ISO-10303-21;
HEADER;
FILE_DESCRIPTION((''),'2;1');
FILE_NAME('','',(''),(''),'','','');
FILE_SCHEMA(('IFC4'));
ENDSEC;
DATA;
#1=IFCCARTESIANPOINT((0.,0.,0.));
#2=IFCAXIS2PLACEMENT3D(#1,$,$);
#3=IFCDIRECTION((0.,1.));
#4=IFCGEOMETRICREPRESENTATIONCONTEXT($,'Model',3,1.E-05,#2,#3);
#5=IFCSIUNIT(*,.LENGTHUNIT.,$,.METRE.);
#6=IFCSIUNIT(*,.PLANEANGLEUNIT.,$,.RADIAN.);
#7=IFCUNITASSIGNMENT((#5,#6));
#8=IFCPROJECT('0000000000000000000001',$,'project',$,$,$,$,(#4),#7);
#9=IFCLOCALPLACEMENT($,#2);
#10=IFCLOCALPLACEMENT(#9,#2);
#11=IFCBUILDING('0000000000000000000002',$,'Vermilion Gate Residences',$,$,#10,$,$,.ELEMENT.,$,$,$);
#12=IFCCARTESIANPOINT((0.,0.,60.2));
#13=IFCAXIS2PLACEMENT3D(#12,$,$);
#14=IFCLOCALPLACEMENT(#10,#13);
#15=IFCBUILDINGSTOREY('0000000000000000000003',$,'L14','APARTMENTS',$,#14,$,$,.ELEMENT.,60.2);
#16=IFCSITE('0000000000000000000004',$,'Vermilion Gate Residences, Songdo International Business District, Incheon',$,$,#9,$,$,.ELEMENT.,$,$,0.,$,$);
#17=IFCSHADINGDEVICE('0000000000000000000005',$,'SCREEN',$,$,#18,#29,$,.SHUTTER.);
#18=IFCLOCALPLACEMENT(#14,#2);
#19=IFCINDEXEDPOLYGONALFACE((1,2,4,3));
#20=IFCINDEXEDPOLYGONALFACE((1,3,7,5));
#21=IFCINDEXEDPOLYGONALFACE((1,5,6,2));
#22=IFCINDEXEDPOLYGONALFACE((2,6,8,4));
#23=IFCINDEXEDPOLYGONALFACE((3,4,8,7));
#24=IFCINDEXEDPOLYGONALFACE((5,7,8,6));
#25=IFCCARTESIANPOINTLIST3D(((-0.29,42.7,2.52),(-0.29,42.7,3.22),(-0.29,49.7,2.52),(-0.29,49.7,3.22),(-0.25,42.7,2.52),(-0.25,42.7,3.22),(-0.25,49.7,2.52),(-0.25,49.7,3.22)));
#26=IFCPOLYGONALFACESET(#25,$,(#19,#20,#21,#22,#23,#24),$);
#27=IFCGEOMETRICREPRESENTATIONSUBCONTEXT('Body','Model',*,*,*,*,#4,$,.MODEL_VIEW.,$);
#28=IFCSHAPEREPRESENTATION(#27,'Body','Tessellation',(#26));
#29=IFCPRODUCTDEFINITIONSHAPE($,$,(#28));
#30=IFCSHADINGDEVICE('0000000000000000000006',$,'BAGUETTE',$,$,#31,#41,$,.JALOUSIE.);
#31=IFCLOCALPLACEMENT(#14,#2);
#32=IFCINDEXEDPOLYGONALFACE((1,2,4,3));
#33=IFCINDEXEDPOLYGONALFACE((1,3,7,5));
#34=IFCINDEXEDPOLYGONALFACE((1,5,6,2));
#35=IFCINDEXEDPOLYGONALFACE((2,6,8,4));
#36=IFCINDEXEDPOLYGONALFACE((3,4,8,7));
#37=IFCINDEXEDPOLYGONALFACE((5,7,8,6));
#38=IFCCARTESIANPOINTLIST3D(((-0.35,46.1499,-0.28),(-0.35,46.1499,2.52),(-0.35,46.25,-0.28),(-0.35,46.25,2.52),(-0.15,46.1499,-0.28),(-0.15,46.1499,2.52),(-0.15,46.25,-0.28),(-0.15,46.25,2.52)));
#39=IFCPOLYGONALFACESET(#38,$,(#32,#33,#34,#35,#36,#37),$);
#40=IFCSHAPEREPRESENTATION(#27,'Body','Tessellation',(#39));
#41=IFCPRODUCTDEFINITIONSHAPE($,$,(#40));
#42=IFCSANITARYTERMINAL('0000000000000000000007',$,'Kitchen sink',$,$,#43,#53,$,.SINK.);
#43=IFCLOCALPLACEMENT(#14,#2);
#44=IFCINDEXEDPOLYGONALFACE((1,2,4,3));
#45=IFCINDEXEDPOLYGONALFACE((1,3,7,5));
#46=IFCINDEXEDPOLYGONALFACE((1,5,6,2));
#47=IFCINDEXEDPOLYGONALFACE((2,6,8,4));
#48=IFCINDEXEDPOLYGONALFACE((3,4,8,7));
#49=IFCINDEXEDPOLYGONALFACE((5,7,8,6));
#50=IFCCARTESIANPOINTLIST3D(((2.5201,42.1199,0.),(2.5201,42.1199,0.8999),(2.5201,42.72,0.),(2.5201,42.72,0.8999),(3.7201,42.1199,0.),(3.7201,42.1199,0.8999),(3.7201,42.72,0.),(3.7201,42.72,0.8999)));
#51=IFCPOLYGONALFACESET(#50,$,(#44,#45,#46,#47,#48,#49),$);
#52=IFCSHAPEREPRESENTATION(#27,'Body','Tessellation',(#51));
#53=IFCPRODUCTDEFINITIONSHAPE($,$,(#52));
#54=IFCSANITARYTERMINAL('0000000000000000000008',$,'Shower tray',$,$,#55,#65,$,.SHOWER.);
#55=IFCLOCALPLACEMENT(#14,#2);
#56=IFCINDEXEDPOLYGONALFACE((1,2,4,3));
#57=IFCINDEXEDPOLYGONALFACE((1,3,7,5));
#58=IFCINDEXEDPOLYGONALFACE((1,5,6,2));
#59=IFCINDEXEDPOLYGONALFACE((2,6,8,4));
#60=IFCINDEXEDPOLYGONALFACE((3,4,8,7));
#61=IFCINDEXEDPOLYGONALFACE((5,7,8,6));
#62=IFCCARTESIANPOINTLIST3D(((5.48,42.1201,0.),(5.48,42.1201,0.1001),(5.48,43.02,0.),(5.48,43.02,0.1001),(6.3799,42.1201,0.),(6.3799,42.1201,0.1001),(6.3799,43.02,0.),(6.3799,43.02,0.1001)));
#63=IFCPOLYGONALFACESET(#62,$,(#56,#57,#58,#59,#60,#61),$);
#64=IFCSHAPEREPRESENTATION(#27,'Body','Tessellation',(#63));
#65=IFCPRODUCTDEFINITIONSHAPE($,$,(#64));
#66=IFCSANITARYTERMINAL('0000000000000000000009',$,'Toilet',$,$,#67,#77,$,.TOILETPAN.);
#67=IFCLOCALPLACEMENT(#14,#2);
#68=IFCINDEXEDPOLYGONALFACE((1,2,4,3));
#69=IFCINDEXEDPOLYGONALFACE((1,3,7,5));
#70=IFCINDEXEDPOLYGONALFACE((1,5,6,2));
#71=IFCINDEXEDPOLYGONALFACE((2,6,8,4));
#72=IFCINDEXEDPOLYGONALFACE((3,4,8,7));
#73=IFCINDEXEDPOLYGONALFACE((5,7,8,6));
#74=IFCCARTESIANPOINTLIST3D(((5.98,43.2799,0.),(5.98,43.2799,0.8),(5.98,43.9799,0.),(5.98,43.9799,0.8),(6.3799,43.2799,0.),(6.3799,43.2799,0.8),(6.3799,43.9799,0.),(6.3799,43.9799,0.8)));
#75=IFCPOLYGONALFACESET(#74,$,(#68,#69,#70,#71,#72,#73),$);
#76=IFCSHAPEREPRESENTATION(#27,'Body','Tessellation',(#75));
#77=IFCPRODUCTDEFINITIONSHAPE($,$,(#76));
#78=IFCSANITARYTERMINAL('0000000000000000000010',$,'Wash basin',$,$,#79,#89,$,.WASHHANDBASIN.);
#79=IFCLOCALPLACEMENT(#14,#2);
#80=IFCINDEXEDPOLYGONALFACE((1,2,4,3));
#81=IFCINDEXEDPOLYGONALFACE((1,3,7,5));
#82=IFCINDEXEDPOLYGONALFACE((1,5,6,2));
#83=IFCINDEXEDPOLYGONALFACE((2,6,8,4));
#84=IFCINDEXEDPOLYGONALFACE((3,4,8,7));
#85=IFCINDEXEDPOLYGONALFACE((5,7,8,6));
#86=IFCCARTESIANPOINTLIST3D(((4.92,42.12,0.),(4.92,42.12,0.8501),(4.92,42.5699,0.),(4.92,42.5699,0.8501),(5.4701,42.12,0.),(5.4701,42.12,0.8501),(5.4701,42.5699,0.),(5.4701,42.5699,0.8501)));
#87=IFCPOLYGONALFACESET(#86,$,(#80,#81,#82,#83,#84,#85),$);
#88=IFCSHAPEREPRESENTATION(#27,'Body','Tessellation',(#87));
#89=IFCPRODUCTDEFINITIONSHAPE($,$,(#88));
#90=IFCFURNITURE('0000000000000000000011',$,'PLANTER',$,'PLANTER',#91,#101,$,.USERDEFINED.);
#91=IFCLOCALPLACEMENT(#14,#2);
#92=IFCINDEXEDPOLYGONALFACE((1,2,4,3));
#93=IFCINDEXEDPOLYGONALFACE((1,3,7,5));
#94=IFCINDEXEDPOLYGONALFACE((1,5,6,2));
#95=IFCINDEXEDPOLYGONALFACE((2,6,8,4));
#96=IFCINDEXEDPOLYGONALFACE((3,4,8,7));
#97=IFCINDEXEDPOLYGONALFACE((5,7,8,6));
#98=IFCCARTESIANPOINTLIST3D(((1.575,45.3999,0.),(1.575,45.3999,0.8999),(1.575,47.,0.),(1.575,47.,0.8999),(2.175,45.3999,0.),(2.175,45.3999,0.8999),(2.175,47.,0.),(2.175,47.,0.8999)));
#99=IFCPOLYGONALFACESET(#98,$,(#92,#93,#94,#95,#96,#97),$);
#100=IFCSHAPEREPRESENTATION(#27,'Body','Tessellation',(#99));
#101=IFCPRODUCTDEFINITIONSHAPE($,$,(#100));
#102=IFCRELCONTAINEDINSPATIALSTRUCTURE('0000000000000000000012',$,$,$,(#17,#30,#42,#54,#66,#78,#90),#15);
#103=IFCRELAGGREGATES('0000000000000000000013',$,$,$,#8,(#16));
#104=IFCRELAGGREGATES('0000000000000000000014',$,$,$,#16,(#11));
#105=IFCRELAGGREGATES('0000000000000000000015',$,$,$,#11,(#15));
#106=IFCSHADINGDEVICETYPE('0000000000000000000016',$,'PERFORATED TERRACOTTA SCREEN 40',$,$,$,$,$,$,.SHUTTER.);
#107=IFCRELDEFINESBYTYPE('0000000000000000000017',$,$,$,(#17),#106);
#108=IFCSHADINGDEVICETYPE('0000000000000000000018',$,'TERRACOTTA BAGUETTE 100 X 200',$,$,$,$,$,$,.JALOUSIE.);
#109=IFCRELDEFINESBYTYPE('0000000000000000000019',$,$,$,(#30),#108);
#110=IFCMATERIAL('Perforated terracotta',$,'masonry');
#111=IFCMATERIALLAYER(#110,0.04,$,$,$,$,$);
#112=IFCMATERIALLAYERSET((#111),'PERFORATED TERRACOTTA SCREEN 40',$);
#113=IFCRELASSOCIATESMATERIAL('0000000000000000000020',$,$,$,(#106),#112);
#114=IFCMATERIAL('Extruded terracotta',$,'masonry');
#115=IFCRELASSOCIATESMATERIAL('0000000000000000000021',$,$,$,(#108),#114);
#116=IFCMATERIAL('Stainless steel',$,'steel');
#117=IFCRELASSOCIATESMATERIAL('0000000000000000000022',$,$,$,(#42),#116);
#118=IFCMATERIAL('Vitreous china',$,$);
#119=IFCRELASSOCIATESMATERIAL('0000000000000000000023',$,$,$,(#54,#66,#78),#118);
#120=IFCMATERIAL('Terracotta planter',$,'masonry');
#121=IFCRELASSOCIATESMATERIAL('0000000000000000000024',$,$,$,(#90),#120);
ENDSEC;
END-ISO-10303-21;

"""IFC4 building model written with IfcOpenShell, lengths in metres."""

from ifc_helpers import new_model, si_unit, direction, frame, origin, origin_2d, place, context, subcontext, project, spatial, rectangle, extrude, material, layer, layer_set, material_profile, profile_set, type_object, element, save


model = new_model("IFC4")

# Units and contexts
model_context = context("Model", 3, precision=1e-05, world=origin(), true_north=direction((0.0, 1.0)))
body_context = subcontext(model_context, "Body", "Model", "MODEL_VIEW")
ifc_project = project(units=[si_unit("LENGTHUNIT", "METRE"), si_unit("PLANEANGLEUNIT", "RADIAN")], contexts=[model_context])

# Site, building, storey
site_placement = place(None, origin())
site = spatial("IfcSite", under=ifc_project, at=site_placement, Name="Vermilion Gate Residences, Songdo International Business District, Incheon", CompositionType="ELEMENT", RefElevation=0.0)
building_placement = place(site_placement, origin())
building = spatial("IfcBuilding", under=site, at=building_placement, Name="Vermilion Gate Residences", CompositionType="ELEMENT")
storey_placement = place(building_placement, frame((0.0, 0.0, 60.2)))
storey = spatial("IfcBuildingStorey", under=building, at=storey_placement, Name="L14", Description="APARTMENTS", CompositionType="ELEMENT", Elevation=60.2)

# Shading devices
ifc_material_1 = material(Name="Perforated terracotta", Category="masonry")
ifc_layer_1 = layer(ifc_material_1, 0.04)
ifc_layer_set_1 = layer_set([ifc_layer_1], Name="PERFORATED TERRACOTTA SCREEN 40")
shading_device_type_1 = type_object("IfcShadingDeviceType", Name="PERFORATED TERRACOTTA SCREEN 40", PredefinedType="SHUTTER", material=ifc_layer_set_1)
shading_device_1_placement = place(storey_placement, frame((-0.27, 46.2, 2.52), z_axis=(0.0, 0.0, 1.0), x_axis=(0.0, -1.0, 0.0)))
element("IfcShadingDevice", 1, at=shading_device_1_placement, inside=storey, type_object=shading_device_type_1, Name="SCREEN", PredefinedType="SHUTTER", context=body_context, shape_type="SweptSolid", body=[
    extrude(rectangle(XDim=7.0, YDim=0.04, at=origin_2d()), origin(), (0.0, 0.0, 1.0), 0.7),
])
ifc_material_2 = material(Name="Extruded terracotta", Category="masonry")
ifc_material_profile_1 = material_profile(ifc_material_2, rectangle(XDim=0.2, YDim=0.1001, at=origin_2d()), Name="BAGUETTE 100 X 200")
ifc_profile_set_1 = profile_set([ifc_material_profile_1], Name="Extruded terracotta")
shading_device_type_2 = type_object("IfcShadingDeviceType", Name="TERRACOTTA BAGUETTE 100 X 200", PredefinedType="JALOUSIE", material=ifc_profile_set_1)
shading_device_2_placement = place(storey_placement, frame((-0.25, 46.2, -0.28), z_axis=(0.0, 0.0, 1.0), x_axis=(1.0, 0.0, 0.0)))
element("IfcShadingDevice", 2, at=shading_device_2_placement, inside=storey, type_object=shading_device_type_2, Name="BAGUETTE", PredefinedType="JALOUSIE", context=body_context, shape_type="SweptSolid", body=[
    extrude(rectangle(XDim=0.2, YDim=0.1001, at=origin_2d()), origin(), (0.0, 0.0, 1.0), 2.8),
])

# Sanitary terminals
ifc_material_3 = material(Name="Stainless steel", Category="steel")
sanitary_terminal_1_placement = place(storey_placement, frame((3.1201, 42.4199, 0.0), z_axis=(0.0, 0.0, 1.0), x_axis=(1.0, 0.0, 0.0)))
element("IfcSanitaryTerminal", 3, at=sanitary_terminal_1_placement, inside=storey, material=ifc_material_3, Name="Kitchen sink", PredefinedType="SINK", context=body_context, shape_type="SweptSolid", body=[
    extrude(rectangle(XDim=1.2, YDim=0.6001, at=origin_2d()), origin(), (0.0, 0.0, 1.0), 0.8999),
])
ifc_material_4 = material(Name="Vitreous china")
sanitary_terminal_2_placement = place(storey_placement, frame((5.9299, 42.5701, 0.0), z_axis=(0.0, 0.0, 1.0), x_axis=(1.0, 0.0, 0.0)))
element("IfcSanitaryTerminal", 4, at=sanitary_terminal_2_placement, inside=storey, material=ifc_material_4, Name="Shower tray", PredefinedType="SHOWER", context=body_context, shape_type="SweptSolid", body=[
    extrude(rectangle(XDim=0.8999, YDim=0.8999, at=origin_2d()), origin(), (0.0, 0.0, 1.0), 0.1001),
])
sanitary_terminal_3_placement = place(storey_placement, frame((6.1799, 43.6299, 0.0), z_axis=(0.0, 0.0, 1.0), x_axis=(1.0, 0.0, 0.0)))
element("IfcSanitaryTerminal", 5, at=sanitary_terminal_3_placement, inside=storey, material=ifc_material_4, Name="Toilet", PredefinedType="TOILETPAN", context=body_context, shape_type="SweptSolid", body=[
    extrude(rectangle(XDim=0.3999, YDim=0.7, at=origin_2d()), origin(), (0.0, 0.0, 1.0), 0.8),
])
sanitary_terminal_4_placement = place(storey_placement, frame((5.1951, 42.345, 0.0), z_axis=(0.0, 0.0, 1.0), x_axis=(1.0, 0.0, 0.0)))
element("IfcSanitaryTerminal", 6, at=sanitary_terminal_4_placement, inside=storey, material=ifc_material_4, Name="Wash basin", PredefinedType="WASHHANDBASIN", context=body_context, shape_type="SweptSolid", body=[
    extrude(rectangle(XDim=0.55, YDim=0.45, at=origin_2d()), origin(), (0.0, 0.0, 1.0), 0.8501),
])

# Furniture
ifc_material_5 = material(Name="Terracotta planter", Category="masonry")
furniture_placement = place(storey_placement, frame((1.875, 46.2, 0.0), z_axis=(0.0, 0.0, 1.0), x_axis=(0.0, -1.0, 0.0)))
element("IfcFurniture", 7, at=furniture_placement, inside=storey, material=ifc_material_5, Name="PLANTER", ObjectType="PLANTER", PredefinedType="USERDEFINED", context=body_context, shape_type="SweptSolid", body=[
    extrude(rectangle(XDim=1.6001, YDim=0.6001, at=origin_2d()), origin(), (0.0, 0.0, 1.0), 0.8999),
])

save(model, "model.ifc")
